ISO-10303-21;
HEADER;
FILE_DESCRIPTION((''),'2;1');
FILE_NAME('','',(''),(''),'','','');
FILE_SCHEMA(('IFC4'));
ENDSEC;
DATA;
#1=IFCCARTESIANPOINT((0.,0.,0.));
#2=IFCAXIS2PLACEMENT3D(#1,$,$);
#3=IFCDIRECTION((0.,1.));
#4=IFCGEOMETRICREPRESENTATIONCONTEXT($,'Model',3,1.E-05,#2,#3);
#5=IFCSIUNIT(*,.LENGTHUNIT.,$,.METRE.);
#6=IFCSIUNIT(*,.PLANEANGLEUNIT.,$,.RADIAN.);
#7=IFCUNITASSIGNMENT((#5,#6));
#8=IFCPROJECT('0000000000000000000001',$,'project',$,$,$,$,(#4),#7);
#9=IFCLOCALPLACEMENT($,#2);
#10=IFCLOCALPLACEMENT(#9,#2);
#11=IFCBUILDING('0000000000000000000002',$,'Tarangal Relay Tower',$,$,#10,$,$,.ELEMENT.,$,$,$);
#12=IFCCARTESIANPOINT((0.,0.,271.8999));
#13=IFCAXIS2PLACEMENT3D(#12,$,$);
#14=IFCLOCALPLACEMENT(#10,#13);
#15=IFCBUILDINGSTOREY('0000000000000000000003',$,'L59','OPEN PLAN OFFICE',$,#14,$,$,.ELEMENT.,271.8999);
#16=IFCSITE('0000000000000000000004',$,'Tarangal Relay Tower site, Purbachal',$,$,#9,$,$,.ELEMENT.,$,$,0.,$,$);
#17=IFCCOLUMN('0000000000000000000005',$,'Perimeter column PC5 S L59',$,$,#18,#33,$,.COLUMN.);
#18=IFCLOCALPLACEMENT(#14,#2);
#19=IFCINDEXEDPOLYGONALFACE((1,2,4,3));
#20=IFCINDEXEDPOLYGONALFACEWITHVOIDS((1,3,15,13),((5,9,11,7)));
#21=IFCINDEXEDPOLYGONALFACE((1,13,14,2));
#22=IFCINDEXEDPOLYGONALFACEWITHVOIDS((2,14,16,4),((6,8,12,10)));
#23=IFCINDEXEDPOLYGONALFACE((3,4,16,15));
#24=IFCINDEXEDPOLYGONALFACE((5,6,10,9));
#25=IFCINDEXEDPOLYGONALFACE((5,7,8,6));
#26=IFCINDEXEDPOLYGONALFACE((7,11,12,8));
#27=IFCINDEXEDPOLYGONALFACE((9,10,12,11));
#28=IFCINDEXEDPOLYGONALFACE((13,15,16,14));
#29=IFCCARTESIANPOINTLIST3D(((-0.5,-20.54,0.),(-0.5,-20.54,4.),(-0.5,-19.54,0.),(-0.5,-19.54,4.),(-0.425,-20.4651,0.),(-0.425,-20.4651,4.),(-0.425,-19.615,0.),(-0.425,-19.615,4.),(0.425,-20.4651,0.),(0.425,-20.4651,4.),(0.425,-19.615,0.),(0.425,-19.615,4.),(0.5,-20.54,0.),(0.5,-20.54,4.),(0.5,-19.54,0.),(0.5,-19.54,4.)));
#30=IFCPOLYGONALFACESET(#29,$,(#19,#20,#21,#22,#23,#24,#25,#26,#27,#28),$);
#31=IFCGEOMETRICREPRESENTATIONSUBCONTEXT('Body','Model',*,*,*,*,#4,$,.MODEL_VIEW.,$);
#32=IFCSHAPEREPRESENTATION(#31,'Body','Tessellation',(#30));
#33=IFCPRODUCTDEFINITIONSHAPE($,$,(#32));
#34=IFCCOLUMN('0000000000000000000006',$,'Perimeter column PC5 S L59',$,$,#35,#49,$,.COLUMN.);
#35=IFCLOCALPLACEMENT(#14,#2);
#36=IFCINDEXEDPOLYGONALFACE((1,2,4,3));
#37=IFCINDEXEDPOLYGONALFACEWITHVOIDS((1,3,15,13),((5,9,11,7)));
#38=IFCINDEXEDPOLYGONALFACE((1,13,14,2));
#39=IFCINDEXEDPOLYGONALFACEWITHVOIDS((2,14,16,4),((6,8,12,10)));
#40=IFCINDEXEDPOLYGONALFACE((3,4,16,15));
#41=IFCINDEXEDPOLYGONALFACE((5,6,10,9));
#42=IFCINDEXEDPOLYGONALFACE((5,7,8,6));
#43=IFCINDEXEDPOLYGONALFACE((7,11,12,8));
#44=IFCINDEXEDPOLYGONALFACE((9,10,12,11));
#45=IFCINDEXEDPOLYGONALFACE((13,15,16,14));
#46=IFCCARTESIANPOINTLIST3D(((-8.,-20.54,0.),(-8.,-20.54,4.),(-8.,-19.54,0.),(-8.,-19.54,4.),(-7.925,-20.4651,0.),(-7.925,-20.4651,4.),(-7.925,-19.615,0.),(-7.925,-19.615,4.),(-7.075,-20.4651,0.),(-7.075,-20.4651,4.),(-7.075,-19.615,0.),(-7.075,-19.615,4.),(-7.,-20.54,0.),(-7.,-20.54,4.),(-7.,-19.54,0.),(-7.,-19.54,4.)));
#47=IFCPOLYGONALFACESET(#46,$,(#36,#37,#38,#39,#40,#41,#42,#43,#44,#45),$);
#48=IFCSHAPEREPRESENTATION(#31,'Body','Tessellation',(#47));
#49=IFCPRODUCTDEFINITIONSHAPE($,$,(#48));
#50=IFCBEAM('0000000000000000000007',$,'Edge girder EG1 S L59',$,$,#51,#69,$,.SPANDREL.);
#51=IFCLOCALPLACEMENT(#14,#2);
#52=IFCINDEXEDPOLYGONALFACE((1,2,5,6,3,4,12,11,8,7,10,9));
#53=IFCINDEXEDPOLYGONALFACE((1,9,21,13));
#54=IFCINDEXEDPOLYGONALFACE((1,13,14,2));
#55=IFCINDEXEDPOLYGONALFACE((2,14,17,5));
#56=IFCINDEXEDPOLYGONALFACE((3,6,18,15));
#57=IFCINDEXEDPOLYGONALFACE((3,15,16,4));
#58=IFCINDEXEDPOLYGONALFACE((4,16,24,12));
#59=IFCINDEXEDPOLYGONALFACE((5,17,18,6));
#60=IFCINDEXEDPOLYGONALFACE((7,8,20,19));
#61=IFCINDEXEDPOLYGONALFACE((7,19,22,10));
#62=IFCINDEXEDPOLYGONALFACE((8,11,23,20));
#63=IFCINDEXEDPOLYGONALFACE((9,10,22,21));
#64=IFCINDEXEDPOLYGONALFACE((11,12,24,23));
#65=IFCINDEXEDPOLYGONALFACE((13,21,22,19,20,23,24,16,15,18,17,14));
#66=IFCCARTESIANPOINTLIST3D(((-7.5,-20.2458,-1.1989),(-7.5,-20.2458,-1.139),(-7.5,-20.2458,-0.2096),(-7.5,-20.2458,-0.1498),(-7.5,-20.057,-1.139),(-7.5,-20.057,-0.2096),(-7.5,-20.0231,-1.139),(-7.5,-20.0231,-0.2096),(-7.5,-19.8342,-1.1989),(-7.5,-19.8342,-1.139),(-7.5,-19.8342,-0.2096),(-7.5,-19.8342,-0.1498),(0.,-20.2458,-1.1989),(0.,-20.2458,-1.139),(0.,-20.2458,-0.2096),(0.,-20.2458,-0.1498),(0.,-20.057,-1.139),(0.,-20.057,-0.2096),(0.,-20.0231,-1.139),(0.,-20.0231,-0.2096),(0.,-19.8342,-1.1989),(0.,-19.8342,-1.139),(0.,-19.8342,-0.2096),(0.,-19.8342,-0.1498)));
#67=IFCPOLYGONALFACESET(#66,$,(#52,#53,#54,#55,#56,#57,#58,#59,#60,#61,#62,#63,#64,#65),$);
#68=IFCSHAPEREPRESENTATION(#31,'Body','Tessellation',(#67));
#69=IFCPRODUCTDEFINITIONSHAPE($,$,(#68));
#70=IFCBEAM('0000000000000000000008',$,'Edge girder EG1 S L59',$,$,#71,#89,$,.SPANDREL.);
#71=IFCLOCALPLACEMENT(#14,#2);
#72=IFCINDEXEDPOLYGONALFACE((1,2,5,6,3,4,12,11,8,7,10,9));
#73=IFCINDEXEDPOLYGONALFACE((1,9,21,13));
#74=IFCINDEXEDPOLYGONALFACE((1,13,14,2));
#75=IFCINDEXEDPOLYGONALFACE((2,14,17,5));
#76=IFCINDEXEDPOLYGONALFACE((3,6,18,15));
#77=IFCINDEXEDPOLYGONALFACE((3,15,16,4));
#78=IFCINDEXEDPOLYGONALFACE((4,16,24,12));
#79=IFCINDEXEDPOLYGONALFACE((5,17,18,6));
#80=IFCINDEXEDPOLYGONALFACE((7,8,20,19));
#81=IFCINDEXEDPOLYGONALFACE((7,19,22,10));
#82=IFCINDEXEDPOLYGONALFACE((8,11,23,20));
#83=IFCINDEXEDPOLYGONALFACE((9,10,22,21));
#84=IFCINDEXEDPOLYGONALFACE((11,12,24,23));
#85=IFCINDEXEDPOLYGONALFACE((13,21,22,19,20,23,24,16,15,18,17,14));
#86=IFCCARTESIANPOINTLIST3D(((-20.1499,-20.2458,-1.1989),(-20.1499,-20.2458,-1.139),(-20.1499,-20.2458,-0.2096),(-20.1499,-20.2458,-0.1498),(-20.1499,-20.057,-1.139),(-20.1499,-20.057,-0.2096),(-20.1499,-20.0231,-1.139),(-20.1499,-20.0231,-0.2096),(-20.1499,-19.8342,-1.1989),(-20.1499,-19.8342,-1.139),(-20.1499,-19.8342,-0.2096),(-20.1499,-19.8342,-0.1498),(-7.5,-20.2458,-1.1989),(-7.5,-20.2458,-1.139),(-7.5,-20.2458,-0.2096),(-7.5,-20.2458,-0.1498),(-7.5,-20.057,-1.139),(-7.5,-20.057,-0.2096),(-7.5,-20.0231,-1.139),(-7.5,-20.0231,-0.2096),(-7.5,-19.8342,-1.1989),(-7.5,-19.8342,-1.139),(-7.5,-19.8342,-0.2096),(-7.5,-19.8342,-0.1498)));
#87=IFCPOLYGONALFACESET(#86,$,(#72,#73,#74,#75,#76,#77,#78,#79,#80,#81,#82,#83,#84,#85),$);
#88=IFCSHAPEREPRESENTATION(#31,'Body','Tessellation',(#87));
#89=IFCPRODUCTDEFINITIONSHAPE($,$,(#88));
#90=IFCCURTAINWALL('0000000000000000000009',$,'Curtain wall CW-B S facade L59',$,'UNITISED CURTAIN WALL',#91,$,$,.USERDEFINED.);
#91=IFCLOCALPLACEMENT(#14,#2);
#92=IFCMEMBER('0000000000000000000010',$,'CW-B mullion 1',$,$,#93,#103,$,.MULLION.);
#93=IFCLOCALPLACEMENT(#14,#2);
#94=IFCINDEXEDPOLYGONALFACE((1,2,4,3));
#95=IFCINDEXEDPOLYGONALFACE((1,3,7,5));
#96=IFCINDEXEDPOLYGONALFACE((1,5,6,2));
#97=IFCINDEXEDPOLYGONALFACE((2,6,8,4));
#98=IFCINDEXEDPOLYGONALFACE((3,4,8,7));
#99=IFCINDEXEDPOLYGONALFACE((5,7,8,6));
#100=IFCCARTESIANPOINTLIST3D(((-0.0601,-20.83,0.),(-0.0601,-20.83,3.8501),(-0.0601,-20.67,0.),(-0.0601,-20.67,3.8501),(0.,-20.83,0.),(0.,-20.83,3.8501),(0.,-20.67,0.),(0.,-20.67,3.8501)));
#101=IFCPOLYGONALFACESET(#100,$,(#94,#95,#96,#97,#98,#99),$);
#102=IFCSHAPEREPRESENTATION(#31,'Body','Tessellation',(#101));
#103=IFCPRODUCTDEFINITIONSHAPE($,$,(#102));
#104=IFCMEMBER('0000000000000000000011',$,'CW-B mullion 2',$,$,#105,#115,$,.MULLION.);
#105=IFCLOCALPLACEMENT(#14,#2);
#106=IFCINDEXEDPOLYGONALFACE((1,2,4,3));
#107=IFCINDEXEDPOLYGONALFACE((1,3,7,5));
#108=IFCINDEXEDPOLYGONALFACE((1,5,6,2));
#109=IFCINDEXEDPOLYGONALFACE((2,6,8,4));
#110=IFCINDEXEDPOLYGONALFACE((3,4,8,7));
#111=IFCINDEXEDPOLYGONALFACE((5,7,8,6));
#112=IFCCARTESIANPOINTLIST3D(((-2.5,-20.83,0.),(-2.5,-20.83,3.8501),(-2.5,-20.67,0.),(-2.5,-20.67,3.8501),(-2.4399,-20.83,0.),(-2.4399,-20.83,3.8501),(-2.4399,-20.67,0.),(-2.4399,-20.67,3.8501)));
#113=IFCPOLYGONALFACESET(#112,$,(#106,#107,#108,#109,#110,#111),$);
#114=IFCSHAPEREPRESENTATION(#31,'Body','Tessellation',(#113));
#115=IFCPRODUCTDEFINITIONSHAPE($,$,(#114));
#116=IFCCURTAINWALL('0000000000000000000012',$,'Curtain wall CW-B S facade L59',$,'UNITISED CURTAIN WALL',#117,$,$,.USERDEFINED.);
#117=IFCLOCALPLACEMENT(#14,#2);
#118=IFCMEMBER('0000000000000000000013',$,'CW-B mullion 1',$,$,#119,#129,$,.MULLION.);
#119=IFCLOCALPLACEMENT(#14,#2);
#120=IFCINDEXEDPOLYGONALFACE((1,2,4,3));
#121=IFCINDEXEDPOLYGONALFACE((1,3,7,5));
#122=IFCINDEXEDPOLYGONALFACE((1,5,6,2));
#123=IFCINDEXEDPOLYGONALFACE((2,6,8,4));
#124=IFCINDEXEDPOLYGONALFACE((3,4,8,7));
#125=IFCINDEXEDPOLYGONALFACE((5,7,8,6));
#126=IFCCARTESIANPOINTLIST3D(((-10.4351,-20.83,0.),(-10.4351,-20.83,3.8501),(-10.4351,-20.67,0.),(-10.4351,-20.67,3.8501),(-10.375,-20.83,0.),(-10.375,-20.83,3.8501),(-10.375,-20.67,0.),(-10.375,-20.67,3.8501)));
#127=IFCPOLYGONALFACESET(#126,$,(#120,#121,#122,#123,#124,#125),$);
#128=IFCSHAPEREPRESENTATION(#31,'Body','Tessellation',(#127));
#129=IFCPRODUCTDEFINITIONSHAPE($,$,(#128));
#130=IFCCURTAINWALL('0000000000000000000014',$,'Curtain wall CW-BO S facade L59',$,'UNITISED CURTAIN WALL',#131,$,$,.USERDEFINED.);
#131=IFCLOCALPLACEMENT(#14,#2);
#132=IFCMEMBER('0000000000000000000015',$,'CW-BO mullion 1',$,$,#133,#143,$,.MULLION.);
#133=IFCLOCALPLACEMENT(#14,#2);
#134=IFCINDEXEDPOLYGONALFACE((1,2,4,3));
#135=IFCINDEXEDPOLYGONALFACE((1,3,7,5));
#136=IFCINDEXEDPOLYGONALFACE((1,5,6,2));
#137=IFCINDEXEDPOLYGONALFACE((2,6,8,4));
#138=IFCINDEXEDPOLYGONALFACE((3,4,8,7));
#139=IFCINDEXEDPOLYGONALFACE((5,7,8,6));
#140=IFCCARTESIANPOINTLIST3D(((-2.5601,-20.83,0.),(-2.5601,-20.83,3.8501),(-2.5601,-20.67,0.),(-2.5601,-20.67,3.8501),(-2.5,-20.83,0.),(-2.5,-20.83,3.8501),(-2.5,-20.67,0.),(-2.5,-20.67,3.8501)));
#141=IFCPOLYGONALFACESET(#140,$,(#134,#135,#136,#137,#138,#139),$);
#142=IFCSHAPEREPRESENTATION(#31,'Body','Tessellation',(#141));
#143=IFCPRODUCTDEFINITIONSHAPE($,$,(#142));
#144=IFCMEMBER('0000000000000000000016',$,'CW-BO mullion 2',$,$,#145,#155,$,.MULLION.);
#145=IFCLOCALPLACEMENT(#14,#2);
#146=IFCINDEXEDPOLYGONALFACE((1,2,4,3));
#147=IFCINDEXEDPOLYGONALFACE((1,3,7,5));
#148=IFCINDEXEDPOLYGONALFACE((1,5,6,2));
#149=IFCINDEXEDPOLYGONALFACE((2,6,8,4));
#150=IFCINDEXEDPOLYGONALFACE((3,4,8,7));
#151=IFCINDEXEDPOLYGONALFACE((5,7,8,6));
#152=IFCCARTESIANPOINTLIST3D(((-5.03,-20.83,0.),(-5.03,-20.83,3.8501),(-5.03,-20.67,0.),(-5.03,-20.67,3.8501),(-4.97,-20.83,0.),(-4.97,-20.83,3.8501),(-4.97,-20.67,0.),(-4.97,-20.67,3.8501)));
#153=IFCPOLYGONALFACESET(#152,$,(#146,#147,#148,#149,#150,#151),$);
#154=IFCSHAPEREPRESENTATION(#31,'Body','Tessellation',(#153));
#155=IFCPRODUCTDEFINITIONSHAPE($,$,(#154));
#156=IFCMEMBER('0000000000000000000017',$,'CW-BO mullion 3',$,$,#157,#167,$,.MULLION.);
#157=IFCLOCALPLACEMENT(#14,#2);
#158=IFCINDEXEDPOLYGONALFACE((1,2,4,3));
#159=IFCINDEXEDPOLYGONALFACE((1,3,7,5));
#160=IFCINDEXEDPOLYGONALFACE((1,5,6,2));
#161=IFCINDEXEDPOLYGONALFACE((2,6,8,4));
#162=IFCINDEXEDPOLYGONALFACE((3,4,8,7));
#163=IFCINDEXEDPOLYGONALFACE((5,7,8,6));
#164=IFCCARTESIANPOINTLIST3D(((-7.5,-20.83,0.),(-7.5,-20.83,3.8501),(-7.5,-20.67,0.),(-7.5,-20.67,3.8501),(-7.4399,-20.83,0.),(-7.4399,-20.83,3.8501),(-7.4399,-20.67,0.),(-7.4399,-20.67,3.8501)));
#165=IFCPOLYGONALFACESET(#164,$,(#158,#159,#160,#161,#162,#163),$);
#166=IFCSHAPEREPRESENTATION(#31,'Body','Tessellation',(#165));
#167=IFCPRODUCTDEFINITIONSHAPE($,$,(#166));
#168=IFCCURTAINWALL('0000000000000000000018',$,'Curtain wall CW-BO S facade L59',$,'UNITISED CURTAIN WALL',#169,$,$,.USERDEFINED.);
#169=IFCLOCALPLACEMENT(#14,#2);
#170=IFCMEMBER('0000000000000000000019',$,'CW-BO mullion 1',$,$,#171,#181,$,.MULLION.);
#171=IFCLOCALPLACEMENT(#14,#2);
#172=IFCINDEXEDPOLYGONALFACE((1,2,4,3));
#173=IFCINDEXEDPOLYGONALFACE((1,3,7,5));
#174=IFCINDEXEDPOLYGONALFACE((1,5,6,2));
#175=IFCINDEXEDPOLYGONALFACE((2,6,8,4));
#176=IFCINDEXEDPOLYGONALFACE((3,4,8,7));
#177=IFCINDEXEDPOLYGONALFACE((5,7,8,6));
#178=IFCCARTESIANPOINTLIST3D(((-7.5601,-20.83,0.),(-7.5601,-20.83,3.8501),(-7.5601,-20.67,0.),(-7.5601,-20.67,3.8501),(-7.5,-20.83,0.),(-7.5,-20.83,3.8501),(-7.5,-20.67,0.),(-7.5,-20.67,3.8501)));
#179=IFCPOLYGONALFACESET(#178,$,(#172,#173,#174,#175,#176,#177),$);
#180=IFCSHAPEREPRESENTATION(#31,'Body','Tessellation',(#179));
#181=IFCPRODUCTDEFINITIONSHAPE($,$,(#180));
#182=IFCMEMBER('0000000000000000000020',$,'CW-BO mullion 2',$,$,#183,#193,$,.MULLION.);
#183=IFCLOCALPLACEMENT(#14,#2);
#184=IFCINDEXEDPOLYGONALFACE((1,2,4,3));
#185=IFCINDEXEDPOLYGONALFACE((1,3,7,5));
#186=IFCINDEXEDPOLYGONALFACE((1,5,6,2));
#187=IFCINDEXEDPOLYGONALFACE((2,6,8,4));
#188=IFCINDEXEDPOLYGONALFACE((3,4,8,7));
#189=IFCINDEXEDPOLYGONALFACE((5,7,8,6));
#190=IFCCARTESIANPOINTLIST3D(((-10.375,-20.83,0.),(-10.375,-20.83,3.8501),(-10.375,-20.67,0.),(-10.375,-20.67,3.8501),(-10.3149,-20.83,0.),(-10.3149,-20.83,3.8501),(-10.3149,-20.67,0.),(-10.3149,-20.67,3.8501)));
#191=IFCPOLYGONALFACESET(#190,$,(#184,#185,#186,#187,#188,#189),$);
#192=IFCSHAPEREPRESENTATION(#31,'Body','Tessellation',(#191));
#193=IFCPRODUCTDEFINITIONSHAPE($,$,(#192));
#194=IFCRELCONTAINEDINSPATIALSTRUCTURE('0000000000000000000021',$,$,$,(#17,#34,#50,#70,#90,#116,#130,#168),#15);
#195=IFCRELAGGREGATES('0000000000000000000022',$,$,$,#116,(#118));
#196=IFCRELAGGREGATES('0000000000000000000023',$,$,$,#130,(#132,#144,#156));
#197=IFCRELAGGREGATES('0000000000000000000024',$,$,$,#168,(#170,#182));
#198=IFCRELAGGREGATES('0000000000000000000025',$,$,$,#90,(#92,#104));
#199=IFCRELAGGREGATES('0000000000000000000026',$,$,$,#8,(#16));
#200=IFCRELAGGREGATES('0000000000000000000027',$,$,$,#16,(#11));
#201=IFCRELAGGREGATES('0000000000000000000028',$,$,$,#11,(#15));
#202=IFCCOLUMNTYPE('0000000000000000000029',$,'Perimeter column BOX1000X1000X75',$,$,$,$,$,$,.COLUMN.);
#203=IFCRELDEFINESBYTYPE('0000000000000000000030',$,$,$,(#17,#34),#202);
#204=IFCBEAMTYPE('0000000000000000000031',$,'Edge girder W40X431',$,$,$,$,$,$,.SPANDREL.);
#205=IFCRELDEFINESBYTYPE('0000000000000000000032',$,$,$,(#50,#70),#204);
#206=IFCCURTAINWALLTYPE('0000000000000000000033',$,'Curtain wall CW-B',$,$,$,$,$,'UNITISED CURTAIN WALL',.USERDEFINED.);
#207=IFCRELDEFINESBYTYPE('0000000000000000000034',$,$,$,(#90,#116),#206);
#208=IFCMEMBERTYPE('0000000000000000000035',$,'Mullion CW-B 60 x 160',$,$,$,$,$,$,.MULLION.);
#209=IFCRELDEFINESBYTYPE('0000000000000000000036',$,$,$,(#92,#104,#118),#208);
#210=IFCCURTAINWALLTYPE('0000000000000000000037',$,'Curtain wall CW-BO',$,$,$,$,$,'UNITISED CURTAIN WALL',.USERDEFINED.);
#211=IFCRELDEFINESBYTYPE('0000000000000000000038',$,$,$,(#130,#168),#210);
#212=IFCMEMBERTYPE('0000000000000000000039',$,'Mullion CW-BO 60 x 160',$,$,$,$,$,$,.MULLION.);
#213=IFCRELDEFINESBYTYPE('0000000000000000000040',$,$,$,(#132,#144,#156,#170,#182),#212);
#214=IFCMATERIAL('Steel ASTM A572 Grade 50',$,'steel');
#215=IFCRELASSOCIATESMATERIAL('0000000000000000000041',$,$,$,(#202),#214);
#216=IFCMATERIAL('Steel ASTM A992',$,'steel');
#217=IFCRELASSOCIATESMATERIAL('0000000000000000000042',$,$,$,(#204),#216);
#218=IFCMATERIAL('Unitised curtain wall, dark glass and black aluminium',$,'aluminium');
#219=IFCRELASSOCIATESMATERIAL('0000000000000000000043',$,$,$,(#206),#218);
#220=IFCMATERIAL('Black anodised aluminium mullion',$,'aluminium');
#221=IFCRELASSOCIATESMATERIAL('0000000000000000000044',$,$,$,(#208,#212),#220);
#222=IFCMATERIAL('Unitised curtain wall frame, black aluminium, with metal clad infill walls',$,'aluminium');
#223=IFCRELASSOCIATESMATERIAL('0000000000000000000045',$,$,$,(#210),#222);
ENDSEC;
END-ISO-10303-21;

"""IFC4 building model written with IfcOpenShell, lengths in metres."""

from ifc_helpers import new_model, si_unit, direction, frame, origin, origin_2d, place, context, subcontext, project, spatial, rectangle, hollow_rectangle, i_section, extrude, material, material_profile, profile_set, type_object, element, aggregate, save


model = new_model("IFC4")

# Units and contexts
model_context = context("Model", 3, precision=1e-05, world=origin(), true_north=direction((0.0, 1.0)))
body_context = subcontext(model_context, "Body", "Model", "MODEL_VIEW")
ifc_project = project(units=[si_unit("LENGTHUNIT", "METRE"), si_unit("PLANEANGLEUNIT", "RADIAN")], contexts=[model_context])

# Site, building, storey
site_placement = place(None, origin())
site = spatial("IfcSite", under=ifc_project, at=site_placement, Name="Tarangal Relay Tower site, Purbachal", CompositionType="ELEMENT", RefElevation=0.0)
building_placement = place(site_placement, origin())
building = spatial("IfcBuilding", under=site, at=building_placement, Name="Tarangal Relay Tower", CompositionType="ELEMENT")
storey_placement = place(building_placement, frame((0.0, 0.0, 271.8999)))
storey = spatial("IfcBuildingStorey", under=building, at=storey_placement, Name="L59", Description="OPEN PLAN OFFICE", CompositionType="ELEMENT", Elevation=271.8999)

# Columns
ifc_material_1 = material(Name="Steel ASTM A572 Grade 50", Category="steel")
ifc_material_profile_1 = material_profile(ifc_material_1, hollow_rectangle(XDim=1.0, YDim=1.0, WallThickness=0.075, at=origin_2d()), Name="BOX1000X1000X75")
ifc_profile_set_1 = profile_set([ifc_material_profile_1], Name="Steel ASTM A572 Grade 50")
column_type = type_object("IfcColumnType", Name="Perimeter column BOX1000X1000X75", PredefinedType="COLUMN", material=ifc_profile_set_1)
for number, where, z_axis, x_axis, name in (
    (1, (0.0, -20.04, 0.0), (0.0, 0.0, 1.0), (1.0, 0.0, 0.0), "Perimeter column PC5 S L59"),
    (2, (-7.5, -20.04, 0.0), (0.0, 0.0, 1.0), (1.0, 0.0, 0.0), "Perimeter column PC5 S L59"),
):
    element("IfcColumn", number, at=place(storey_placement, frame(where, z_axis=z_axis, x_axis=x_axis)), inside=storey, type_object=column_type, Name=name, PredefinedType="COLUMN", context=body_context, shape_type="SweptSolid", body=[
        extrude(hollow_rectangle(XDim=1.0, YDim=1.0, WallThickness=0.075, at=origin_2d()), origin(), (0.0, 0.0, 1.0), 4.0),
    ])

# Beams
ifc_material_2 = material(Name="Steel ASTM A992", Category="steel")
ifc_material_profile_2 = material_profile(ifc_material_2, i_section(OverallWidth=0.4116, OverallDepth=1.0491, WebThickness=0.0339, FlangeThickness=0.0598, at=origin_2d()), Name="W40X431")
ifc_profile_set_2 = profile_set([ifc_material_profile_2], Name="Steel ASTM A992")
beam_type = type_object("IfcBeamType", Name="Edge girder W40X431", PredefinedType="SPANDREL", material=ifc_profile_set_2)
beam_1_placement = place(storey_placement, frame((0.0, -20.04, -0.6743), z_axis=(-1.0, 0.0, 0.0), x_axis=(0.0, -1.0, 0.0)))
element("IfcBeam", 3, at=beam_1_placement, inside=storey, type_object=beam_type, Name="Edge girder EG1 S L59", PredefinedType="SPANDREL", context=body_context, shape_type="SweptSolid", body=[
    extrude(i_section(OverallWidth=0.4116, OverallDepth=1.0491, WebThickness=0.0339, FlangeThickness=0.0598, at=origin_2d()), origin(), (0.0, 0.0, 1.0), 7.5),
])
beam_2_placement = place(storey_placement, frame((-7.5, -20.04, -0.6743), z_axis=(-1.0, 0.0, 0.0), x_axis=(0.0, -1.0, 0.0)))
element("IfcBeam", 4, at=beam_2_placement, inside=storey, type_object=beam_type, Name="Edge girder EG1 S L59", PredefinedType="SPANDREL", context=body_context, shape_type="SweptSolid", body=[
    extrude(i_section(OverallWidth=0.4116, OverallDepth=1.0491, WebThickness=0.0339, FlangeThickness=0.0598, at=origin_2d()), origin(), (0.0, 0.0, 1.0), 12.6499),
])

# Curtain wall, members
ifc_material_3 = material(Name="Unitised curtain wall, dark glass and black aluminium", Category="aluminium")
curtain_wall_type_1 = type_object("IfcCurtainWallType", Name="Curtain wall CW-B", ElementType="UNITISED CURTAIN WALL", PredefinedType="USERDEFINED", material=ifc_material_3)
curtain_wall_1_placement = place(storey_placement, origin())
curtain_wall_1 = element("IfcCurtainWall", 5, at=curtain_wall_1_placement, inside=storey, type_object=curtain_wall_type_1, Name="Curtain wall CW-B S facade L59", ObjectType="UNITISED CURTAIN WALL", PredefinedType="USERDEFINED")
ifc_material_4 = material(Name="Black anodised aluminium mullion", Category="aluminium")
ifc_material_profile_3 = material_profile(ifc_material_4, rectangle(XDim=0.1599, YDim=0.0601, at=origin_2d()), Name="CW-BM 60X160")
ifc_profile_set_3 = profile_set([ifc_material_profile_3], Name="Black anodised aluminium mullion")
member_type_1 = type_object("IfcMemberType", Name="Mullion CW-B 60 x 160", PredefinedType="MULLION", material=ifc_profile_set_3)
member_1_placement = place(storey_placement, frame((-0.03, -20.75, 0.0), z_axis=(0.0, 0.0, 1.0), x_axis=(0.0, -1.0, 0.0)))
member_1 = element("IfcMember", 6, at=member_1_placement, type_object=member_type_1, Name="CW-B mullion 1", PredefinedType="MULLION", context=body_context, shape_type="SweptSolid", body=[
    extrude(rectangle(XDim=0.1599, YDim=0.0601, at=origin_2d()), origin(), (0.0, 0.0, 1.0), 3.8501),
])
member_2_placement = place(storey_placement, frame((-2.47, -20.75, 0.0), z_axis=(0.0, 0.0, 1.0), x_axis=(0.0, -1.0, 0.0)))
member_2 = element("IfcMember", 7, at=member_2_placement, type_object=member_type_1, Name="CW-B mullion 2", PredefinedType="MULLION", context=body_context, shape_type="SweptSolid", body=[
    extrude(rectangle(XDim=0.1599, YDim=0.0601, at=origin_2d()), origin(), (0.0, 0.0, 1.0), 3.8501),
])

# Curtain wall, member
curtain_wall_2_placement = place(storey_placement, origin())
curtain_wall_2 = element("IfcCurtainWall", 8, at=curtain_wall_2_placement, inside=storey, type_object=curtain_wall_type_1, Name="Curtain wall CW-B S facade L59", ObjectType="UNITISED CURTAIN WALL", PredefinedType="USERDEFINED")
member_3_placement = place(storey_placement, frame((-10.405, -20.75, 0.0), z_axis=(0.0, 0.0, 1.0), x_axis=(0.0, -1.0, 0.0)))
member_3 = element("IfcMember", 9, at=member_3_placement, type_object=member_type_1, Name="CW-B mullion 1", PredefinedType="MULLION", context=body_context, shape_type="SweptSolid", body=[
    extrude(rectangle(XDim=0.1599, YDim=0.0601, at=origin_2d()), origin(), (0.0, 0.0, 1.0), 3.8501),
])

# Curtain walls, members
ifc_material_5 = material(Name="Unitised curtain wall frame, black aluminium, with metal clad infill walls", Category="aluminium")
curtain_wall_type_2 = type_object("IfcCurtainWallType", Name="Curtain wall CW-BO", ElementType="UNITISED CURTAIN WALL", PredefinedType="USERDEFINED", material=ifc_material_5)
curtain_wall_3_placement = place(storey_placement, origin())
curtain_wall_3 = element("IfcCurtainWall", 10, at=curtain_wall_3_placement, inside=storey, type_object=curtain_wall_type_2, Name="Curtain wall CW-BO S facade L59", ObjectType="UNITISED CURTAIN WALL", PredefinedType="USERDEFINED")
ifc_material_profile_4 = material_profile(ifc_material_4, rectangle(XDim=0.1599, YDim=0.0601, at=origin_2d()), Name="CW-BOM 60X160")
ifc_profile_set_4 = profile_set([ifc_material_profile_4], Name="Black anodised aluminium mullion")
member_type_2 = type_object("IfcMemberType", Name="Mullion CW-BO 60 x 160", PredefinedType="MULLION", material=ifc_profile_set_4)
member_4_placement = place(storey_placement, frame((-2.53, -20.75, 0.0), z_axis=(0.0, 0.0, 1.0), x_axis=(0.0, -1.0, 0.0)))
member_4 = element("IfcMember", 11, at=member_4_placement, type_object=member_type_2, Name="CW-BO mullion 1", PredefinedType="MULLION", context=body_context, shape_type="SweptSolid", body=[
    extrude(rectangle(XDim=0.1599, YDim=0.0601, at=origin_2d()), origin(), (0.0, 0.0, 1.0), 3.8501),
])
member_5_placement = place(storey_placement, frame((-5.0, -20.75, 0.0), z_axis=(0.0, 0.0, 1.0), x_axis=(0.0, -1.0, 0.0)))
member_5 = element("IfcMember", 12, at=member_5_placement, type_object=member_type_2, Name="CW-BO mullion 2", PredefinedType="MULLION", context=body_context, shape_type="SweptSolid", body=[
    extrude(rectangle(XDim=0.1599, YDim=0.0601, at=origin_2d()), origin(), (0.0, 0.0, 1.0), 3.8501),
])
member_6_placement = place(storey_placement, frame((-7.47, -20.75, 0.0), z_axis=(0.0, 0.0, 1.0), x_axis=(0.0, -1.0, 0.0)))
member_6 = element("IfcMember", 13, at=member_6_placement, type_object=member_type_2, Name="CW-BO mullion 3", PredefinedType="MULLION", context=body_context, shape_type="SweptSolid", body=[
    extrude(rectangle(XDim=0.1599, YDim=0.0601, at=origin_2d()), origin(), (0.0, 0.0, 1.0), 3.8501),
])
curtain_wall_4_placement = place(storey_placement, origin())
curtain_wall_4 = element("IfcCurtainWall", 14, at=curtain_wall_4_placement, inside=storey, type_object=curtain_wall_type_2, Name="Curtain wall CW-BO S facade L59", ObjectType="UNITISED CURTAIN WALL", PredefinedType="USERDEFINED")
member_7_placement = place(storey_placement, frame((-7.53, -20.75, 0.0), z_axis=(0.0, 0.0, 1.0), x_axis=(0.0, -1.0, 0.0)))
member_7 = element("IfcMember", 15, at=member_7_placement, type_object=member_type_2, Name="CW-BO mullion 1", PredefinedType="MULLION", context=body_context, shape_type="SweptSolid", body=[
    extrude(rectangle(XDim=0.1599, YDim=0.0601, at=origin_2d()), origin(), (0.0, 0.0, 1.0), 3.8501),
])
member_8_placement = place(storey_placement, frame((-10.345, -20.75, 0.0), z_axis=(0.0, 0.0, 1.0), x_axis=(0.0, -1.0, 0.0)))
member_8 = element("IfcMember", 16, at=member_8_placement, type_object=member_type_2, Name="CW-BO mullion 2", PredefinedType="MULLION", context=body_context, shape_type="SweptSolid", body=[
    extrude(rectangle(XDim=0.1599, YDim=0.0601, at=origin_2d()), origin(), (0.0, 0.0, 1.0), 3.8501),
])

aggregate(curtain_wall_2, [member_3])
aggregate(curtain_wall_3, [member_4, member_5, member_6])
aggregate(curtain_wall_4, [member_7, member_8])

aggregate(curtain_wall_1, [member_1, member_2])

save(model, "model.ifc")
